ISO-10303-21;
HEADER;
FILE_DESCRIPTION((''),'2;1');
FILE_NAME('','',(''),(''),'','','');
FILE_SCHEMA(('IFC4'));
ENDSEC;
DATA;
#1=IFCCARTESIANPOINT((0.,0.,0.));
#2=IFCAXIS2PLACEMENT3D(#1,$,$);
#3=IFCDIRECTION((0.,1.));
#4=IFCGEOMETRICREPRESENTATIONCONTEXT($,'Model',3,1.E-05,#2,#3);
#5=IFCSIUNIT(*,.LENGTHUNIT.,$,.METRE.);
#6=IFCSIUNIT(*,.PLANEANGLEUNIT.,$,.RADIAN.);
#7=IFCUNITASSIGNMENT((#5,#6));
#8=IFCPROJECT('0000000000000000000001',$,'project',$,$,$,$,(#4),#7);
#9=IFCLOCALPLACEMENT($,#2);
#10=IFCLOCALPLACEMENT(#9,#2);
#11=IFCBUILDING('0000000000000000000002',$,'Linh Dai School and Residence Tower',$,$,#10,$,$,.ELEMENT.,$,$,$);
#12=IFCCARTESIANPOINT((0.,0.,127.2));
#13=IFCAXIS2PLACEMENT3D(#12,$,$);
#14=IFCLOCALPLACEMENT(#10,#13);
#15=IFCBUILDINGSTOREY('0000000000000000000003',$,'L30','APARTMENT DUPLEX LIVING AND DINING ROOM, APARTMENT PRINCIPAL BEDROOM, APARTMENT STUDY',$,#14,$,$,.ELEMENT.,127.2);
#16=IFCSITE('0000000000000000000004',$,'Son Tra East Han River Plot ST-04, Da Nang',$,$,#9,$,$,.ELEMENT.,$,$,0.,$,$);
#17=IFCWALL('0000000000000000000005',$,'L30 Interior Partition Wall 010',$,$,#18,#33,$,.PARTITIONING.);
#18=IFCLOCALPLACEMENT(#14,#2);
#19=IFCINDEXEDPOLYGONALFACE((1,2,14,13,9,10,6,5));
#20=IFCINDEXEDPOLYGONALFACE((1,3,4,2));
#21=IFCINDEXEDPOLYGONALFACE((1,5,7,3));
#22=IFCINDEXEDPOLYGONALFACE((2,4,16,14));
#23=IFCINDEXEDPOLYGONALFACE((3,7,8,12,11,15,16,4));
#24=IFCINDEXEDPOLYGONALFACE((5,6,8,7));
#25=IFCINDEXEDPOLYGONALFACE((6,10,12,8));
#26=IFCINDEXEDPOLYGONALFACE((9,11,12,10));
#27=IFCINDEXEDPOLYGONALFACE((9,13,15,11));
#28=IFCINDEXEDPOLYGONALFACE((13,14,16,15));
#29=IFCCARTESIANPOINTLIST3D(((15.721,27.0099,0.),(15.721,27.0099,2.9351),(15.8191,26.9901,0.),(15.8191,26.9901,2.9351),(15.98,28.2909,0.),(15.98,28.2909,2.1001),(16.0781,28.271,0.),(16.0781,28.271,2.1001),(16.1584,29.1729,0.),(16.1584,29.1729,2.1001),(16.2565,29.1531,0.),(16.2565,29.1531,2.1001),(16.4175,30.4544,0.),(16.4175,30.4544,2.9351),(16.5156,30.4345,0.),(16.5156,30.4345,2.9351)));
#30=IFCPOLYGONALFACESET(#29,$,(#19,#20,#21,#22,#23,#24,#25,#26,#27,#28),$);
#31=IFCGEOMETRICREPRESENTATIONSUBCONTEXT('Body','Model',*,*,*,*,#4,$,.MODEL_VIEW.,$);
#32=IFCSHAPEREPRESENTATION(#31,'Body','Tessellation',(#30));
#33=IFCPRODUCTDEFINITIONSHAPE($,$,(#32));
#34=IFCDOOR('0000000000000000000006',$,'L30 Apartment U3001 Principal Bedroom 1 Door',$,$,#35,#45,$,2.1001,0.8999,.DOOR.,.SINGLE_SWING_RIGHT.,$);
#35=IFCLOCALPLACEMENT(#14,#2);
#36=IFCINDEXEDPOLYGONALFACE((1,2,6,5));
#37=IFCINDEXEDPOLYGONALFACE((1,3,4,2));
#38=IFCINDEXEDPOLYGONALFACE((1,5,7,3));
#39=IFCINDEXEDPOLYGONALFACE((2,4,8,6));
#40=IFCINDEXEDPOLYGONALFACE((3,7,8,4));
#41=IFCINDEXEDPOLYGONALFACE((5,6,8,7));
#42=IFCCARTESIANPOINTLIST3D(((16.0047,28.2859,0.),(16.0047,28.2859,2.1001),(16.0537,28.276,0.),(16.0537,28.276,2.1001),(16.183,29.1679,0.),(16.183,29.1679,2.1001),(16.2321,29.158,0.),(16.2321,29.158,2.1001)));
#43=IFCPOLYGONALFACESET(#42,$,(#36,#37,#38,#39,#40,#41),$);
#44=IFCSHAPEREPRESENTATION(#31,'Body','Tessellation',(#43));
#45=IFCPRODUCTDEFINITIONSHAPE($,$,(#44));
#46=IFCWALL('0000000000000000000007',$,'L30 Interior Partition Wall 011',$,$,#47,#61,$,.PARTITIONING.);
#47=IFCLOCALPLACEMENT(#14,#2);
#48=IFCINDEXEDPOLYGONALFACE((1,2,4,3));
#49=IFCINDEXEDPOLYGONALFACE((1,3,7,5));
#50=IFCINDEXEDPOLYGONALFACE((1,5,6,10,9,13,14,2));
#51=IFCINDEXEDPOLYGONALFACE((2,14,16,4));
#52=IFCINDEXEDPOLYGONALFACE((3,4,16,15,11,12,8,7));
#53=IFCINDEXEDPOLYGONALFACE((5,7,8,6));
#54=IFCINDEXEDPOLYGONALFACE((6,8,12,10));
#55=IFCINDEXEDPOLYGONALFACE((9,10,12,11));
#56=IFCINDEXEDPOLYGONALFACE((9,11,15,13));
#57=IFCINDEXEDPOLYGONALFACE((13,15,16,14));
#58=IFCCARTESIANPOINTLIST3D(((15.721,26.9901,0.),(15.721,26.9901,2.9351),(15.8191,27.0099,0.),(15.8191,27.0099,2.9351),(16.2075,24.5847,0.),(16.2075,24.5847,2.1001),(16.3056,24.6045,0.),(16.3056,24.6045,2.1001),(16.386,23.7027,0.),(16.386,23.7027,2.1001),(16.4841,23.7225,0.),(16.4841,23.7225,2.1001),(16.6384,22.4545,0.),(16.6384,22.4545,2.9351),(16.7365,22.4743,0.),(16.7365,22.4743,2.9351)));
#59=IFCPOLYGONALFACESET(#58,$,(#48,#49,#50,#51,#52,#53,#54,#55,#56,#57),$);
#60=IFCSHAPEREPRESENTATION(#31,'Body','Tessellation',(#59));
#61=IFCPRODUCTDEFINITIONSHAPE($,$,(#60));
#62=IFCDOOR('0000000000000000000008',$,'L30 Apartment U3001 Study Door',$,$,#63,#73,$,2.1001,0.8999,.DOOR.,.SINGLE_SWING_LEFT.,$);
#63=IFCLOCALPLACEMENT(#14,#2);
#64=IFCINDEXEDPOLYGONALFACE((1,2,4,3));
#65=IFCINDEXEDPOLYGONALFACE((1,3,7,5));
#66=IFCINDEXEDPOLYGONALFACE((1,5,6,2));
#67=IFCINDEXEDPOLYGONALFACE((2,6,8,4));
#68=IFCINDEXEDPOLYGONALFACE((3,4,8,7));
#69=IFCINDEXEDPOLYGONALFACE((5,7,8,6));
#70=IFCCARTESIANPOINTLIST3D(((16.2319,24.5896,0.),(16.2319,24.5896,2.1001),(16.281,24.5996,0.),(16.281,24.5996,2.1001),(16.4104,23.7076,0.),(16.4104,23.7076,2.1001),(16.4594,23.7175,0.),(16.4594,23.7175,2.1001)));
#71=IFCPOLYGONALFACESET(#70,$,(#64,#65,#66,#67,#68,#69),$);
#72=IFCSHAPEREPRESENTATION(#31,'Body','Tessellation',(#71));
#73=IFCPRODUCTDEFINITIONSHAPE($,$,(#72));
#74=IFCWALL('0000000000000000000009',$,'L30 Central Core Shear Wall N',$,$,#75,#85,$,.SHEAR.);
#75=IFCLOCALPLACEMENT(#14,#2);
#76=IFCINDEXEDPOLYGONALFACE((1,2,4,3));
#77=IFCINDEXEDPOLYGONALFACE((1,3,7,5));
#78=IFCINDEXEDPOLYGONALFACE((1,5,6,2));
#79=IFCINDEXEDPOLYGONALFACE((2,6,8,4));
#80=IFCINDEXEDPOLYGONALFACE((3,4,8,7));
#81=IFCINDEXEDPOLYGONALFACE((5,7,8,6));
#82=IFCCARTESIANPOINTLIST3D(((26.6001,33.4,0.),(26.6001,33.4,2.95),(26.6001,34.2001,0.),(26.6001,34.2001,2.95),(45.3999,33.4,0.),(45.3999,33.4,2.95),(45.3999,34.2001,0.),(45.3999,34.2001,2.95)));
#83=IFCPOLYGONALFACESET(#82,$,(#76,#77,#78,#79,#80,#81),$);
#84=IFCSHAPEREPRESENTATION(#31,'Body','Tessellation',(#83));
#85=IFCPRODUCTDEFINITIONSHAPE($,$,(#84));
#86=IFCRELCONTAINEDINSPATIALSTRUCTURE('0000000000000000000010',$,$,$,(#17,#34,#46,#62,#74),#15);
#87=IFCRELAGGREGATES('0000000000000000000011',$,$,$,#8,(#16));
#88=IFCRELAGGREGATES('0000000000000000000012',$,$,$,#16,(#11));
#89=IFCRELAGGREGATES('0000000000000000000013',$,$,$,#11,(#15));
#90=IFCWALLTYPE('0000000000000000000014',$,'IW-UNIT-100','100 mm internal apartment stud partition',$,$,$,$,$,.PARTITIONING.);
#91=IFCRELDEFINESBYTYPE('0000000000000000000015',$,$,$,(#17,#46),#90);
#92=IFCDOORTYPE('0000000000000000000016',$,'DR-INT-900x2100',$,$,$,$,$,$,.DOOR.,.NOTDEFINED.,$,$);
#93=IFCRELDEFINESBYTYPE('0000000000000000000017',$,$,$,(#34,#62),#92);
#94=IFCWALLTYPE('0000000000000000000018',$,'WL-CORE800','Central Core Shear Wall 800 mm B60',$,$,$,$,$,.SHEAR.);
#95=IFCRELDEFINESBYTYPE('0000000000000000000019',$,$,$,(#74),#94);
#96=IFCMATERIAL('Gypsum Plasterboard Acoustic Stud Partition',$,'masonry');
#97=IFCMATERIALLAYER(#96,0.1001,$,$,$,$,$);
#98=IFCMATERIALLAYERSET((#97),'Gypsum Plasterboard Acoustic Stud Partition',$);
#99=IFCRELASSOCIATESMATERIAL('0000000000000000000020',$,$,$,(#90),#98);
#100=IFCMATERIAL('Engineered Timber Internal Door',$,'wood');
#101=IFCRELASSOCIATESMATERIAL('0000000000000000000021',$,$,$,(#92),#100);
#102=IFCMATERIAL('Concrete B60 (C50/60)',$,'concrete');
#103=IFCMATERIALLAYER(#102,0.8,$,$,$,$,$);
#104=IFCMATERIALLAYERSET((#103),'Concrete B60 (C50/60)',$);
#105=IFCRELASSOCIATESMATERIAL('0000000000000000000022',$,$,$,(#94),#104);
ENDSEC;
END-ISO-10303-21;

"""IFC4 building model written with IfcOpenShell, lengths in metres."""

from ifc_helpers import new_model, si_unit, direction, frame, frame_2d, origin, origin_2d, place, context, subcontext, project, spatial, rectangle, extrude, source, transform, mapped, material, layer, layer_set, type_object, element, fill, save


model = new_model("IFC4")

# Units and contexts
model_context = context("Model", 3, precision=1e-05, world=origin(), true_north=direction((0.0, 1.0)))
body_context = subcontext(model_context, "Body", "Model", "MODEL_VIEW")
ifc_project = project(units=[si_unit("LENGTHUNIT", "METRE"), si_unit("PLANEANGLEUNIT", "RADIAN")], contexts=[model_context])

# Site, building, storey
site_placement = place(None, origin())
site = spatial("IfcSite", under=ifc_project, at=site_placement, Name="Son Tra East Han River Plot ST-04, Da Nang", CompositionType="ELEMENT", RefElevation=0.0)
building_placement = place(site_placement, origin())
building = spatial("IfcBuilding", under=site, at=building_placement, Name="Linh Dai School and Residence Tower", CompositionType="ELEMENT")
storey_placement = place(building_placement, frame((0.0, 0.0, 127.2)))
storey = spatial("IfcBuildingStorey", under=building, at=storey_placement, Name="L30", Description="APARTMENT DUPLEX LIVING AND DINING ROOM, APARTMENT PRINCIPAL BEDROOM, APARTMENT STUDY", CompositionType="ELEMENT", Elevation=127.2)

# Shared definitions
ifc_material_1 = material(Name="Concrete B60 (C50/60)", Category="concrete")

# Walls, openings, doors
ifc_material_2 = material(Name="Gypsum Plasterboard Acoustic Stud Partition", Category="masonry")
ifc_layer_1 = layer(ifc_material_2, 0.1001)
ifc_layer_set_1 = layer_set([ifc_layer_1], Name="Gypsum Plasterboard Acoustic Stud Partition")
wall_type_1 = type_object("IfcWallType", Name="IW-UNIT-100", Description="100 mm internal apartment stud partition", PredefinedType="PARTITIONING", material=ifc_layer_set_1)
wall_1_placement = place(storey_placement, frame((15.77, 27.0, 0.0), z_axis=(0.0, 0.0, 1.0), x_axis=(0.198213, 0.980159, 0.0)))
wall_1 = element("IfcWall", 1, at=wall_1_placement, inside=storey, type_object=wall_type_1, Name="L30 Interior Partition Wall 010", PredefinedType="PARTITIONING", context=body_context, shape_type="SweptSolid", body=[
    extrude(rectangle(XDim=3.5142, YDim=0.1001, at=frame_2d((1.7571, 0.0))), origin(), (0.0, 0.0, 1.0), 2.9351),
])
opening_1_placement = place(wall_1_placement, frame((1.3069, 0.0, 0.0)))
opening_1 = element("IfcOpeningElement", 2, at=opening_1_placement, cuts=wall_1, PredefinedType="OPENING", context=body_context, shape_type="SweptSolid", body=[
    extrude(rectangle(XDim=0.8999, YDim=2.1001, at=origin_2d()), frame((0.45, 0.0601, 1.05), z_axis=(0.0, -1.0, 0.0), x_axis=(1.0, 0.0, 0.0)), (0.0, 0.0, 1.0), 0.1201),
])
ifc_material_3 = material(Name="Engineered Timber Internal Door", Category="wood")
door_type = type_object("IfcDoorType", Name="DR-INT-900x2100", OperationType="NOTDEFINED", PredefinedType="DOOR", material=ifc_material_3)
shared_shape_1 = source(origin(), body_context, "Body", "SweptSolid", [
    extrude(rectangle(XDim=0.8999, YDim=2.1001, at=origin_2d()), frame((0.45, 0.0249, 1.05), z_axis=(0.0, -1.0, 0.0), x_axis=(1.0, 0.0, 0.0)), (0.0, 0.0, 1.0), 0.05),
])
door_1_placement = place(opening_1_placement, origin())
door_1 = element("IfcDoor", 3, at=door_1_placement, inside=storey, type_object=door_type, Name="L30 Apartment U3001 Principal Bedroom 1 Door", OperationType="SINGLE_SWING_RIGHT", OverallHeight=2.1001, OverallWidth=0.8999, PredefinedType="DOOR", context=body_context, shape_type="MappedRepresentation", body=[
    mapped(shared_shape_1, transform((0.0, 0.0, 0.0), x_axis=(1.0, 0.0, 0.0), y_axis=(0.0, 1.0, 0.0), z_axis=(0.0, 0.0, 1.0), scale=1.0)),
])
fill(opening_1, door_1)
wall_2_placement = place(storey_placement, frame((15.77, 27.0, 0.0), z_axis=(0.0, 0.0, 1.0), x_axis=(0.198267, -0.980148, 0.0)))
wall_2 = element("IfcWall", 4, at=wall_2_placement, inside=storey, type_object=wall_type_1, Name="L30 Interior Partition Wall 011", PredefinedType="PARTITIONING", context=body_context, shape_type="SweptSolid", body=[
    extrude(rectangle(XDim=4.6274, YDim=0.1001, at=frame_2d((2.3137, 0.0))), origin(), (0.0, 0.0, 1.0), 2.9351),
])
opening_2_placement = place(wall_2_placement, frame((2.4541, 0.0, 0.0)))
opening_2 = element("IfcOpeningElement", 5, at=opening_2_placement, cuts=wall_2, PredefinedType="OPENING", context=body_context, shape_type="SweptSolid", body=[
    extrude(rectangle(XDim=0.8999, YDim=2.1001, at=origin_2d()), frame((0.45, 0.0601, 1.05), z_axis=(0.0, -1.0, 0.0), x_axis=(1.0, 0.0, 0.0)), (0.0, 0.0, 1.0), 0.1201),
])
door_2_placement = place(opening_2_placement, origin())
door_2 = element("IfcDoor", 6, at=door_2_placement, inside=storey, type_object=door_type, Name="L30 Apartment U3001 Study Door", OperationType="SINGLE_SWING_LEFT", OverallHeight=2.1001, OverallWidth=0.8999, PredefinedType="DOOR", context=body_context, shape_type="MappedRepresentation", body=[
    mapped(shared_shape_1, transform((0.0, 0.0, 0.0), x_axis=(1.0, 0.0, 0.0), y_axis=(0.0, 1.0, 0.0), z_axis=(0.0, 0.0, 1.0), scale=1.0)),
])
fill(opening_2, door_2)

# Wall
ifc_layer_2 = layer(ifc_material_1, 0.8)
ifc_layer_set_2 = layer_set([ifc_layer_2], Name="Concrete B60 (C50/60)")
wall_type_2 = type_object("IfcWallType", Name="WL-CORE800", Description="Central Core Shear Wall 800 mm B60", PredefinedType="SHEAR", material=ifc_layer_set_2)
wall_3_placement = place(storey_placement, frame((26.6001, 33.8, 0.0), z_axis=(0.0, 0.0, 1.0), x_axis=(1.0, 0.0, 0.0)))
element("IfcWall", 7, at=wall_3_placement, inside=storey, type_object=wall_type_2, Name="L30 Central Core Shear Wall N", PredefinedType="SHEAR", context=body_context, shape_type="SweptSolid", body=[
    extrude(rectangle(XDim=18.7998, YDim=0.8, at=frame_2d((9.3999, 0.0))), origin(), (0.0, 0.0, 1.0), 2.95),
])

save(model, "model.ifc")
